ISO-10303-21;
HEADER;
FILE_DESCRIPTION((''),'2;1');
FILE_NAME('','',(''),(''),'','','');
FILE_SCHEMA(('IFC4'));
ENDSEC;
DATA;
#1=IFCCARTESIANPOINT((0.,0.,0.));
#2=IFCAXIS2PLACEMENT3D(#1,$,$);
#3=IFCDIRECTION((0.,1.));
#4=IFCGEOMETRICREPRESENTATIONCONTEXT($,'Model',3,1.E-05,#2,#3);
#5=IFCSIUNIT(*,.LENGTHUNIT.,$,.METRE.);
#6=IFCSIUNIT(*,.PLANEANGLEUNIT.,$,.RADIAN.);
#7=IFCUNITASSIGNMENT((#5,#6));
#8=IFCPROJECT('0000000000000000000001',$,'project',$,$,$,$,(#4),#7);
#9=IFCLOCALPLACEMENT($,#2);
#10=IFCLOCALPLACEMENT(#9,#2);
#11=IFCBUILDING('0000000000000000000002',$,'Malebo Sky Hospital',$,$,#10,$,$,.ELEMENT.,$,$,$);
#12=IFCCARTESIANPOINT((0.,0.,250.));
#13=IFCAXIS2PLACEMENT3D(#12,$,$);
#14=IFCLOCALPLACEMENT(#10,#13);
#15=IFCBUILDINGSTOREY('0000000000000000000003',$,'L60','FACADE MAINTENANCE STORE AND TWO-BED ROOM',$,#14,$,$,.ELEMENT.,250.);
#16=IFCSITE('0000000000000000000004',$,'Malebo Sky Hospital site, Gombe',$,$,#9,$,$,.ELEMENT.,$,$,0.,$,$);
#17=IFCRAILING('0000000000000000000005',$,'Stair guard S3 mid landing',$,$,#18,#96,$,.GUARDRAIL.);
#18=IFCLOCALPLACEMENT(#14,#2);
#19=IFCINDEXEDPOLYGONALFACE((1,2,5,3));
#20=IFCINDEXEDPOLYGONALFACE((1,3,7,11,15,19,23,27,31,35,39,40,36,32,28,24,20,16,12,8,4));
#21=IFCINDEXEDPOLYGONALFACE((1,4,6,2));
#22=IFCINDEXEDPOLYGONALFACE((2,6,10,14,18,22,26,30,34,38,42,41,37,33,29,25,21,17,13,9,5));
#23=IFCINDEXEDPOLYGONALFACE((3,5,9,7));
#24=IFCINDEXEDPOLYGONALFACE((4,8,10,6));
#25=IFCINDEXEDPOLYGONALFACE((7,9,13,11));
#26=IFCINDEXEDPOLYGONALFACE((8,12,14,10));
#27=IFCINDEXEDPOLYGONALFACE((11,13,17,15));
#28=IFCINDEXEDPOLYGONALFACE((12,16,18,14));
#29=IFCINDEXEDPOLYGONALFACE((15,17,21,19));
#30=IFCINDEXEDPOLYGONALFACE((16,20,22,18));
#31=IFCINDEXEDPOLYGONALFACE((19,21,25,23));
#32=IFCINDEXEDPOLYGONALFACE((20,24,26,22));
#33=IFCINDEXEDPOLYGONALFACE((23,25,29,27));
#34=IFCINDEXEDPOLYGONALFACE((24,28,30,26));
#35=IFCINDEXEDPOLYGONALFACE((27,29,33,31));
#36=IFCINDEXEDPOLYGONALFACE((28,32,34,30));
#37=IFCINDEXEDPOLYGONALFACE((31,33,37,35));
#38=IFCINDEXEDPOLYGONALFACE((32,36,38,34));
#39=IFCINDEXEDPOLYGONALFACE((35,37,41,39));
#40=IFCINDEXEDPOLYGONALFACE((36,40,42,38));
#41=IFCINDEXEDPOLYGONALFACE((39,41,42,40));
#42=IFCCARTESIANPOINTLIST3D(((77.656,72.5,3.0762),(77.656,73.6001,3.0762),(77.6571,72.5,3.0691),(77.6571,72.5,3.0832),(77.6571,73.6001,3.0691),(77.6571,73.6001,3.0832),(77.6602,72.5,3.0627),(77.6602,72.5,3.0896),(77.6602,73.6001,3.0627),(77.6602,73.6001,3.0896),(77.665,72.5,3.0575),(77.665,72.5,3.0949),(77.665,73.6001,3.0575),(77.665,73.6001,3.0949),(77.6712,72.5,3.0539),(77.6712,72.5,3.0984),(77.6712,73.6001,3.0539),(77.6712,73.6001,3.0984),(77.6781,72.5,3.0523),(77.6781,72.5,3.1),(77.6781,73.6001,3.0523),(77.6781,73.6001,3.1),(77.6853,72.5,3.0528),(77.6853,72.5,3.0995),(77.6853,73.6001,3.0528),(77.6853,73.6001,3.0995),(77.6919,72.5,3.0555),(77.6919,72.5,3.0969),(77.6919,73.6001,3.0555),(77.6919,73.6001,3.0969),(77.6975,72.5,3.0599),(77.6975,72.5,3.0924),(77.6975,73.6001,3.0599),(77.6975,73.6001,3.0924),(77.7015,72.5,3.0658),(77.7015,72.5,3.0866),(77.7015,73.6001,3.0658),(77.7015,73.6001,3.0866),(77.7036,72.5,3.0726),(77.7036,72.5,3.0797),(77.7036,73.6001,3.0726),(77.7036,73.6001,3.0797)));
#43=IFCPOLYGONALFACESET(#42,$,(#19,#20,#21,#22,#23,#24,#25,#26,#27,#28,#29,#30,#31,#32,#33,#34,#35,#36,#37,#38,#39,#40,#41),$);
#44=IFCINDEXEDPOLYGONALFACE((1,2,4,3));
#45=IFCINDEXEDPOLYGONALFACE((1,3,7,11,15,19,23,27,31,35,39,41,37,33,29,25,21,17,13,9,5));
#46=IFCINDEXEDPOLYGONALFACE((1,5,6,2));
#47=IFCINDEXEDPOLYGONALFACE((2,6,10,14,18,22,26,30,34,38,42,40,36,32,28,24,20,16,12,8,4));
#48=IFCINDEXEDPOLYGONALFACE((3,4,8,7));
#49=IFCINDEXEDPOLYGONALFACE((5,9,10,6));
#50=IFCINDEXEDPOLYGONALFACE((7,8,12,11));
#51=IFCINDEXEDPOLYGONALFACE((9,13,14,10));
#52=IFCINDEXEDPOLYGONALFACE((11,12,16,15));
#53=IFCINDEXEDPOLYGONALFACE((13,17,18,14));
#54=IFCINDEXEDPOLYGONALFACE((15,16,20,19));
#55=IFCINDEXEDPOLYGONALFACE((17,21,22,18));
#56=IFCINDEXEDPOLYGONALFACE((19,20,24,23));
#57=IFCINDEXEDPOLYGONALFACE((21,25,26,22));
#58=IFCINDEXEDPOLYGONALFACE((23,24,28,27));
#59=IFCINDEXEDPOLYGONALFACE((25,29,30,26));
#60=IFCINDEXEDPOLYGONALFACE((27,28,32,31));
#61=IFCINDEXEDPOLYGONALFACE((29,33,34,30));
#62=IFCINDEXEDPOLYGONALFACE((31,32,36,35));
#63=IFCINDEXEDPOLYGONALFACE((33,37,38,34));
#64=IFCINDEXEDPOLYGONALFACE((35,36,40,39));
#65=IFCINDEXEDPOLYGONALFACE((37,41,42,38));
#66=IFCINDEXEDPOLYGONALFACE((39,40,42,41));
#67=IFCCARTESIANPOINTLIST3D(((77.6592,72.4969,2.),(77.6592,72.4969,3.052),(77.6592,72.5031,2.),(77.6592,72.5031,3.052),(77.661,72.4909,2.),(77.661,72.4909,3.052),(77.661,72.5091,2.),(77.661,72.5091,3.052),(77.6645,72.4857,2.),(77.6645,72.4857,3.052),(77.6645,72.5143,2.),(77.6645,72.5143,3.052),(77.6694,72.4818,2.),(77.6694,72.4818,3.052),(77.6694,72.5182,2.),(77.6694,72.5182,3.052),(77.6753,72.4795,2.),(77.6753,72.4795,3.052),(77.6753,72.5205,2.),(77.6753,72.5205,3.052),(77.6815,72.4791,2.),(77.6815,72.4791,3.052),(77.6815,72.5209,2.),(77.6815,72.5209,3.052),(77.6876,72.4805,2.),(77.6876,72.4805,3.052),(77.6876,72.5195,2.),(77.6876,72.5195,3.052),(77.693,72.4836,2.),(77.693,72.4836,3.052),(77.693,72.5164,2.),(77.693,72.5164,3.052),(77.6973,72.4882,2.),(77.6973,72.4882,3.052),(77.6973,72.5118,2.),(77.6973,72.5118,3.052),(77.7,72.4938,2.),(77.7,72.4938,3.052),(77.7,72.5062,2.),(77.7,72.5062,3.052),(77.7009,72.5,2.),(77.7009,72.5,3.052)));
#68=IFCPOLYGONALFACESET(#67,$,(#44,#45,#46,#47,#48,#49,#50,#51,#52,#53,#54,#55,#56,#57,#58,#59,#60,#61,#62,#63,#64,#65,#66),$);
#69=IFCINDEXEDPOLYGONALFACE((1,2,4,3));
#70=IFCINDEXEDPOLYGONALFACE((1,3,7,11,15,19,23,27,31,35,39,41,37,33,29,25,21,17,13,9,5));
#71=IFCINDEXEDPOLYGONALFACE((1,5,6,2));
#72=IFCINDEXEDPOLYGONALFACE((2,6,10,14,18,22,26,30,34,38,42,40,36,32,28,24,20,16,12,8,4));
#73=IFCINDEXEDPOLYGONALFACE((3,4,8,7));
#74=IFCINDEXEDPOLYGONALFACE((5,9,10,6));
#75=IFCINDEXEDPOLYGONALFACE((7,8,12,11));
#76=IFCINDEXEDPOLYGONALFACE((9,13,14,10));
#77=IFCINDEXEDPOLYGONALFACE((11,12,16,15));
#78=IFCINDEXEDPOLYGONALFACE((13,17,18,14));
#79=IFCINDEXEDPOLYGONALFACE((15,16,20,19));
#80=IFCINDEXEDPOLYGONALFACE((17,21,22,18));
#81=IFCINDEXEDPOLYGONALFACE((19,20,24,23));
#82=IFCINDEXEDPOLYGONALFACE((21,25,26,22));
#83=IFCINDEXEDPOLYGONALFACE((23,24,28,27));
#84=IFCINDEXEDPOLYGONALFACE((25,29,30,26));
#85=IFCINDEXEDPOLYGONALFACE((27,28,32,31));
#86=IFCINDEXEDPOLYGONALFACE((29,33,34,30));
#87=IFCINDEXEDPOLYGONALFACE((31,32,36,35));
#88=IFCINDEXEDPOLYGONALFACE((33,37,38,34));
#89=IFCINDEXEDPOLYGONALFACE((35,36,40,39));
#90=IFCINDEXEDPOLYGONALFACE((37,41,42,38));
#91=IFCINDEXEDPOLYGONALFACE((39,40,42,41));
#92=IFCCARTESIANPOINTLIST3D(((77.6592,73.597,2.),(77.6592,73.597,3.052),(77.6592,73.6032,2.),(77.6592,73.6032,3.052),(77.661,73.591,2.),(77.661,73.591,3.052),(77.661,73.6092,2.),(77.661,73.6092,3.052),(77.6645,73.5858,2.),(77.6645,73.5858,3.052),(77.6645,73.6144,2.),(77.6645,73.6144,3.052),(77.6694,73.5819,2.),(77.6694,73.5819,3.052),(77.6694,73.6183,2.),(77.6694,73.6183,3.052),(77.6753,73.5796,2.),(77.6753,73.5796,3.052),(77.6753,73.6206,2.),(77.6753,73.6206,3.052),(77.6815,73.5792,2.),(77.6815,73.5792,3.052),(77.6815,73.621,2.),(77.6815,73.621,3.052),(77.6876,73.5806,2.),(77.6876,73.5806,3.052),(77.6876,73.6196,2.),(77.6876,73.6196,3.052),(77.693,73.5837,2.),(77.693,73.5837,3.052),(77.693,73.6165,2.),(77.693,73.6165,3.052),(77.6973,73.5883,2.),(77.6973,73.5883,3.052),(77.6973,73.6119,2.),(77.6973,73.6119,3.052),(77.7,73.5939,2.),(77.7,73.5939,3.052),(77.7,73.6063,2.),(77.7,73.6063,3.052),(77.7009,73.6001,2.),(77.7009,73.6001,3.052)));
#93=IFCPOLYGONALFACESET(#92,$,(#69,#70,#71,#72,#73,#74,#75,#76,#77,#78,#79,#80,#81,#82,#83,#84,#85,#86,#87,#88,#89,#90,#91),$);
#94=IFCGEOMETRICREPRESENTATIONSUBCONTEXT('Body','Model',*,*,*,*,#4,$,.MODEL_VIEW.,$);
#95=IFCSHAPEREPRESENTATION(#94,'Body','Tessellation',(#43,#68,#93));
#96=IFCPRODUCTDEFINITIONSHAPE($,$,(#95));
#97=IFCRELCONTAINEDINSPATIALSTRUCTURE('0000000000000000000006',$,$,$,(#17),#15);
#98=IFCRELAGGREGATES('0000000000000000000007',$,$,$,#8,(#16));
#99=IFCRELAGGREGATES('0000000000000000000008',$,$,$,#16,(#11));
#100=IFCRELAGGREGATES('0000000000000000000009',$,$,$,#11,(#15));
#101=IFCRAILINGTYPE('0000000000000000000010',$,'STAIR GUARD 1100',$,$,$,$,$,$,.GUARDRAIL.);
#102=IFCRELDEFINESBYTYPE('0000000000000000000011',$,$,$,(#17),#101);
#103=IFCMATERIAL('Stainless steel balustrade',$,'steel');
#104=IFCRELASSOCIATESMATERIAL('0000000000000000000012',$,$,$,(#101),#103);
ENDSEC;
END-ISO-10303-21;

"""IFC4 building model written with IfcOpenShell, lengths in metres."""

from ifc_helpers import new_model, si_unit, direction, frame, origin, origin_2d, place, context, subcontext, project, spatial, circle, extrude, material, type_object, element, save


model = new_model("IFC4")

# Units and contexts
model_context = context("Model", 3, precision=1e-05, world=origin(), true_north=direction((0.0, 1.0)))
body_context = subcontext(model_context, "Body", "Model", "MODEL_VIEW")
ifc_project = project(units=[si_unit("LENGTHUNIT", "METRE"), si_unit("PLANEANGLEUNIT", "RADIAN")], contexts=[model_context])

# Site, building, storey
site_placement = place(None, origin())
site = spatial("IfcSite", under=ifc_project, at=site_placement, Name="Malebo Sky Hospital site, Gombe", CompositionType="ELEMENT", RefElevation=0.0)
building_placement = place(site_placement, origin())
building = spatial("IfcBuilding", under=site, at=building_placement, Name="Malebo Sky Hospital", CompositionType="ELEMENT")
storey_placement = place(building_placement, frame((0.0, 0.0, 250.0)))
storey = spatial("IfcBuildingStorey", under=building, at=storey_placement, Name="L60", Description="FACADE MAINTENANCE STORE AND TWO-BED ROOM", CompositionType="ELEMENT", Elevation=250.0)

# Railing
ifc_material_1 = material(Name="Stainless steel balustrade", Category="steel")
railing_type_1 = type_object("IfcRailingType", Name="STAIR GUARD 1100", PredefinedType="GUARDRAIL", material=ifc_material_1)
for number, where, name in (
    (1, (77.6799, 72.5, 2.0), "Stair guard S3 mid landing"),
):
    element("IfcRailing", number, at=place(storey_placement, frame(where)), inside=storey, type_object=railing_type_1, Name=name, PredefinedType="GUARDRAIL", context=body_context, shape_type="SweptSolid", body=[
        extrude(circle(Radius=0.0239, at=origin_2d()), frame((0.0, 0.0, 1.0762), z_axis=(0.0, 1.0, 0.0), x_axis=(-1.0, 0.0, 0.0)), (0.0, 0.0, 1.0), 1.1001),
        extrude(circle(Radius=0.021, at=origin_2d()), origin(), (0.0, 0.0, 1.0), 1.052),
        extrude(circle(Radius=0.021, at=origin_2d()), frame((0.0, 1.1001, 0.0)), (0.0, 0.0, 1.0), 1.052),
    ])

save(model, "model.ifc")
